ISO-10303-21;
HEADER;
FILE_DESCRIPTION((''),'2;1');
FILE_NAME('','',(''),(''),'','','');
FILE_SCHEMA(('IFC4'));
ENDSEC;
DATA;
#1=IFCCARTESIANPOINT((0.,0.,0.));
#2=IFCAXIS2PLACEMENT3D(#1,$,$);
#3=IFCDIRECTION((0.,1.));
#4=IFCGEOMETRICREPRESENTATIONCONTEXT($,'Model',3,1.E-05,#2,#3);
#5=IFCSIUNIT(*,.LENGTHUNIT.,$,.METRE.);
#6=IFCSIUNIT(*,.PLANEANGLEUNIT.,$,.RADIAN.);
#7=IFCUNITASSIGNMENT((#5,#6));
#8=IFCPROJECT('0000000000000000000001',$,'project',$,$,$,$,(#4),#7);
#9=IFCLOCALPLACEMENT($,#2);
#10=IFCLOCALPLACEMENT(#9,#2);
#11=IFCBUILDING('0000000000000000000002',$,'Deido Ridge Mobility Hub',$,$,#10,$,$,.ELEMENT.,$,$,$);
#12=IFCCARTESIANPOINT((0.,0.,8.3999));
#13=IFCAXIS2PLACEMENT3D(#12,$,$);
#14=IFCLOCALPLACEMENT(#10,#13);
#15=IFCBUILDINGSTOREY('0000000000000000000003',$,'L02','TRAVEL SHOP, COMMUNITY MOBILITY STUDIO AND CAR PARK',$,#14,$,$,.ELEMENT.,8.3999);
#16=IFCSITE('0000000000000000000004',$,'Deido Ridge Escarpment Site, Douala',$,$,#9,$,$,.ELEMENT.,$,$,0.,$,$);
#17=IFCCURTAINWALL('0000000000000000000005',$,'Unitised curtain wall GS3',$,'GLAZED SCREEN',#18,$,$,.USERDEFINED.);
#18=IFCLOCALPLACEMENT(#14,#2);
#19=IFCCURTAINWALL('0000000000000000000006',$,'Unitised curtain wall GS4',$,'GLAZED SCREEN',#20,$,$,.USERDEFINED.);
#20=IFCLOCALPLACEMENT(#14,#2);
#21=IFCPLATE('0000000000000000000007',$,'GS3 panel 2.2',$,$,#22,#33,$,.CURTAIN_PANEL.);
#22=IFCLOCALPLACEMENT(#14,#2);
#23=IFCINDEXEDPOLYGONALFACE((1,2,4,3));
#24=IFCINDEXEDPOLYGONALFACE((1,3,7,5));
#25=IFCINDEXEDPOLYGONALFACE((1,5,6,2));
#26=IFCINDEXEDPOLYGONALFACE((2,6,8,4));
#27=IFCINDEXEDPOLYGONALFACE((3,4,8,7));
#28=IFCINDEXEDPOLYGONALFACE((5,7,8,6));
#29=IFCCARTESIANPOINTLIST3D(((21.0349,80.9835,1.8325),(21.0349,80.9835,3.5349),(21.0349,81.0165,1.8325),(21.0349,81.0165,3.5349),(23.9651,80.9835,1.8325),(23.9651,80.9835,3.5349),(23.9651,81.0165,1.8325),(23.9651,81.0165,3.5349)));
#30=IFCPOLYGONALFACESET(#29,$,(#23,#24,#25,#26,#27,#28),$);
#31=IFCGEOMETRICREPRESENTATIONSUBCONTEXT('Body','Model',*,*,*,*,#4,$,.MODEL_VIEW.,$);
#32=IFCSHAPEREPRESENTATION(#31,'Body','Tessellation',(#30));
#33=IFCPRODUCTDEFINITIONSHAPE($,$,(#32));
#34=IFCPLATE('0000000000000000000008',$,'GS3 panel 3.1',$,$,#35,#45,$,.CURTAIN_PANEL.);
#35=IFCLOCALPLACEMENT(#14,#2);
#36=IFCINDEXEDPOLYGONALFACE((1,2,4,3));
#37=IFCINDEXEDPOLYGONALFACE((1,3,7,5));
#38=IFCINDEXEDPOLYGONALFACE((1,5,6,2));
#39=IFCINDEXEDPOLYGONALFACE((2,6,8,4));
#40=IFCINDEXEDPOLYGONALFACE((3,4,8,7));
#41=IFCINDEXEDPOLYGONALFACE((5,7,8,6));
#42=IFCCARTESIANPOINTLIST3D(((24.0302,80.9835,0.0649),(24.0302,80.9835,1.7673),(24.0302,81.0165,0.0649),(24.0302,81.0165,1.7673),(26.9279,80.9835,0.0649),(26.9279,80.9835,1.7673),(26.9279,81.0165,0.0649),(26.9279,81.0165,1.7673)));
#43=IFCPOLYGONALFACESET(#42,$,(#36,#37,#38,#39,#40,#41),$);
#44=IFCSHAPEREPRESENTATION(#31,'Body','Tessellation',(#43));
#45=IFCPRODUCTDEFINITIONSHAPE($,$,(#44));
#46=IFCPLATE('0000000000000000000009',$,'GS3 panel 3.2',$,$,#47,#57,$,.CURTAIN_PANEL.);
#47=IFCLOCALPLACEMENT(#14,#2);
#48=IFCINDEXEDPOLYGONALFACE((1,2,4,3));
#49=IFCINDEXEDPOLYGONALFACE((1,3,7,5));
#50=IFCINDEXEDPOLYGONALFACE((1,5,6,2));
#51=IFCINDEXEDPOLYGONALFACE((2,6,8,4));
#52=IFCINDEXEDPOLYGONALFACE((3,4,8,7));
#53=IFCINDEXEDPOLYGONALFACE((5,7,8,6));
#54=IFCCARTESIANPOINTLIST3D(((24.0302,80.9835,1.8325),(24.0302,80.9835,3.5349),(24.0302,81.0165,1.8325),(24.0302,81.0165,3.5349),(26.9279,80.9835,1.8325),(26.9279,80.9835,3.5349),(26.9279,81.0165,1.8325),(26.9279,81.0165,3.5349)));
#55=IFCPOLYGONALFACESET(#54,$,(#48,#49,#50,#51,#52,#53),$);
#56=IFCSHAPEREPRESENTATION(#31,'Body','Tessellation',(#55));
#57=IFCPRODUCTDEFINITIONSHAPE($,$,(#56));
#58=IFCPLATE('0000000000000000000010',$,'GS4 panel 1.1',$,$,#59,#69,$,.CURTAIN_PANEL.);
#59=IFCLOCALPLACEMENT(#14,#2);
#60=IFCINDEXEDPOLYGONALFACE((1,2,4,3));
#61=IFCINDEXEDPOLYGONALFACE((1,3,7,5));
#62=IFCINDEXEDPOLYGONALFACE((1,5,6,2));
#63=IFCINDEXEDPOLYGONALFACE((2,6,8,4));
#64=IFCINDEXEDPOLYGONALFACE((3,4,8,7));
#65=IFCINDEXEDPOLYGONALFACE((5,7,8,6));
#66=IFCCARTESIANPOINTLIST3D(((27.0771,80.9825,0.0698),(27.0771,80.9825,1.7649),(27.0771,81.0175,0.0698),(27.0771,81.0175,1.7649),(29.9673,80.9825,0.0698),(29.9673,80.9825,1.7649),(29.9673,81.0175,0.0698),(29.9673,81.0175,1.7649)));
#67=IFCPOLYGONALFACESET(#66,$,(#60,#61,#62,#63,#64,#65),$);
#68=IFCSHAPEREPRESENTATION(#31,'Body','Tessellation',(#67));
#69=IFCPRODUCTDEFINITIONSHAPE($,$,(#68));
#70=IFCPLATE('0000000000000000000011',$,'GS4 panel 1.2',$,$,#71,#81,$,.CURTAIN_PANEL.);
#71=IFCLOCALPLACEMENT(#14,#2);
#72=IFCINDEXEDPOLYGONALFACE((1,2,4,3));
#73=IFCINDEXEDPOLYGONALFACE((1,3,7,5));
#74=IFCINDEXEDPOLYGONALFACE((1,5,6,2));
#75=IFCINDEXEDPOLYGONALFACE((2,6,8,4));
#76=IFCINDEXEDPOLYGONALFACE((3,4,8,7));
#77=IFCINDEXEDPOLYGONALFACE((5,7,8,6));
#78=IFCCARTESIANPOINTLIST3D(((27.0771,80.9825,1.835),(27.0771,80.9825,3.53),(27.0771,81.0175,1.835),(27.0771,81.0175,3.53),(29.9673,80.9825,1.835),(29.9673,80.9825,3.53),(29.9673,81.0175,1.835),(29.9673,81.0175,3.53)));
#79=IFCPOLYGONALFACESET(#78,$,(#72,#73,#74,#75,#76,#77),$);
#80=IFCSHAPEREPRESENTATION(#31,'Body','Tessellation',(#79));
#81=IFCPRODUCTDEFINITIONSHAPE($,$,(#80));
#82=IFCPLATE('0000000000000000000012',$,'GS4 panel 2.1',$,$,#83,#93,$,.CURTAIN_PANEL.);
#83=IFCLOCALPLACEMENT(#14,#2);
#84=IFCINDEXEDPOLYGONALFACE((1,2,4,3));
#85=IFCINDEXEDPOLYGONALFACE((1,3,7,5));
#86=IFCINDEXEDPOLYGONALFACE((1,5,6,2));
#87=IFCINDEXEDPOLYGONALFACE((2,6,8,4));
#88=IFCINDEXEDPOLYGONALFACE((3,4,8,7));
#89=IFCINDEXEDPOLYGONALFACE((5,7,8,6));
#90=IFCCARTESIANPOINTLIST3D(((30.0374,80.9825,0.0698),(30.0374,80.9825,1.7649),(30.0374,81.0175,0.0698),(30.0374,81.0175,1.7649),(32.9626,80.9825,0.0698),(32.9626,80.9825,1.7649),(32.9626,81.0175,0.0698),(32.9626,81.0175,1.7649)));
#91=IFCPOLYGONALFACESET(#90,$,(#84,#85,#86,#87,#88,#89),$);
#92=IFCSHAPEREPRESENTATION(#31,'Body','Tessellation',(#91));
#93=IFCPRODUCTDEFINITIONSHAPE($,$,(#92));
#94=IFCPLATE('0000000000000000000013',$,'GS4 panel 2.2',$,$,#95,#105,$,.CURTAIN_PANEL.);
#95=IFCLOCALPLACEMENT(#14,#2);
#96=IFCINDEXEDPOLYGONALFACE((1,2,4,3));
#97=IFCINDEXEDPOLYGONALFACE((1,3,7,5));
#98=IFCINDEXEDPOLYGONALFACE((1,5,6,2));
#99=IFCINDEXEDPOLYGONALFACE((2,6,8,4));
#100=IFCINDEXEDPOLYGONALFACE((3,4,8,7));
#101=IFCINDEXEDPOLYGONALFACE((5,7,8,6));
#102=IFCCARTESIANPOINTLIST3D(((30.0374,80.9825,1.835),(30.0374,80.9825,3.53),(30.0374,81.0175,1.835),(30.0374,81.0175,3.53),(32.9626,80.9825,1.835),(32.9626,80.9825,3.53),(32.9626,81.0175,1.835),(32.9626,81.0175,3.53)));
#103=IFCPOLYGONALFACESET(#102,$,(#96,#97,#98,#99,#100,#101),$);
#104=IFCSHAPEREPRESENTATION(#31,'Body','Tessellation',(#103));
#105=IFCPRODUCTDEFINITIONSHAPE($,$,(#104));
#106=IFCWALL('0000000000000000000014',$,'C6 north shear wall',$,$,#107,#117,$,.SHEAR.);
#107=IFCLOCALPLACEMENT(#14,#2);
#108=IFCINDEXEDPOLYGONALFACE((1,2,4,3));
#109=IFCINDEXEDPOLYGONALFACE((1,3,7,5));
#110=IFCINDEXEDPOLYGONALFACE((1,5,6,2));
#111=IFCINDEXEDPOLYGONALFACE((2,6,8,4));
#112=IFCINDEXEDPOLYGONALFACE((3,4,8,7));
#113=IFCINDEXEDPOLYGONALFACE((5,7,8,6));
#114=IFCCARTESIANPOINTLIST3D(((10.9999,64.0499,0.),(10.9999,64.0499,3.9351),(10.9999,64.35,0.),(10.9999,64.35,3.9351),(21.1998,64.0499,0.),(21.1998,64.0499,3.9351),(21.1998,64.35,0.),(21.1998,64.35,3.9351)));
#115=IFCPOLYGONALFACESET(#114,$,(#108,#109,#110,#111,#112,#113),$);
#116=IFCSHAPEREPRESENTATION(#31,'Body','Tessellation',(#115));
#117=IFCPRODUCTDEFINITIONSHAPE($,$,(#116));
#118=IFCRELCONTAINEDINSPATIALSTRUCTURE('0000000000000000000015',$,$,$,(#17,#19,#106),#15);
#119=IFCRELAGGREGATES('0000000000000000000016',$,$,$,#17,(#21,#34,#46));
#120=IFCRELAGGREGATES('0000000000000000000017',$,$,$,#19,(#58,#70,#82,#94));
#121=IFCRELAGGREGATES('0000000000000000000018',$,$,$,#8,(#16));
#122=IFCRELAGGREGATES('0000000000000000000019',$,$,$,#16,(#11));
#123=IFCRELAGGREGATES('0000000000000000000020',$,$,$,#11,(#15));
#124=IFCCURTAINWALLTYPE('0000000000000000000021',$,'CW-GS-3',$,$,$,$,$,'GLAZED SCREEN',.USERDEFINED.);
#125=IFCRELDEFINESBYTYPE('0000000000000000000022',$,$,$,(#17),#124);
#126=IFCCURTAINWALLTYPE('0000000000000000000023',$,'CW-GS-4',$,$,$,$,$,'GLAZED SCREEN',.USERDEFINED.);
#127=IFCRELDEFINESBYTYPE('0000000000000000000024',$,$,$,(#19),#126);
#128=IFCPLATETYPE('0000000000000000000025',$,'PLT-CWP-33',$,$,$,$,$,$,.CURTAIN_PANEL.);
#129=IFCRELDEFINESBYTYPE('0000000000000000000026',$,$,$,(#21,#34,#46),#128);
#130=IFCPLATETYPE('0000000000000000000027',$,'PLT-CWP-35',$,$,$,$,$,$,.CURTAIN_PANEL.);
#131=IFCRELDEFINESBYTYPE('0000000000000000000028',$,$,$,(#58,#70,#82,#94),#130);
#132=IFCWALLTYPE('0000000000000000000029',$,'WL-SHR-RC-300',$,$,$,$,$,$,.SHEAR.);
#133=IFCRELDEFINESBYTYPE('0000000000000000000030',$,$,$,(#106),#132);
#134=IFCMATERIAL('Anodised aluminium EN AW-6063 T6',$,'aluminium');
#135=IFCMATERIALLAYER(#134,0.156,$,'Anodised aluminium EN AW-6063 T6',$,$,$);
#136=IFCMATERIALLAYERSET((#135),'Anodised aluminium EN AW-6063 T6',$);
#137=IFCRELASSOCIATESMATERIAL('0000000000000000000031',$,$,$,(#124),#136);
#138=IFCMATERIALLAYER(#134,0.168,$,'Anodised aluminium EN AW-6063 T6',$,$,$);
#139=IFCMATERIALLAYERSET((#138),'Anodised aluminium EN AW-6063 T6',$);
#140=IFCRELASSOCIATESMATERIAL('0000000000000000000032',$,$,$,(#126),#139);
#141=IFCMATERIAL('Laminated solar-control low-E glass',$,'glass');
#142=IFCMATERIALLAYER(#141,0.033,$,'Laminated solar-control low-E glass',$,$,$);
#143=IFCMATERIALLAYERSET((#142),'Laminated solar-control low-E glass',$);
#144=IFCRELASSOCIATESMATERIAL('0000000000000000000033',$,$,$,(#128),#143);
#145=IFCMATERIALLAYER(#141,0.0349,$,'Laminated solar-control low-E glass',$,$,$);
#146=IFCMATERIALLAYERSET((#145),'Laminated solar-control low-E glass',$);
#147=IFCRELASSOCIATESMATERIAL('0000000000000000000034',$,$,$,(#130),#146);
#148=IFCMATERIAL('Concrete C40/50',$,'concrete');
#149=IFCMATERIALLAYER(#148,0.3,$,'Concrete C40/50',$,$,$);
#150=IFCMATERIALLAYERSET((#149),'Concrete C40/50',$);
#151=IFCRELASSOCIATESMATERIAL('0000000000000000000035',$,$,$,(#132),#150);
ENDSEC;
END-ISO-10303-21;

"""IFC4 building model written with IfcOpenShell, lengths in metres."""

from ifc_helpers import new_model, si_unit, direction, frame, frame_2d, origin, origin_2d, place, context, subcontext, project, spatial, rectangle, extrude, material, layer, layer_set, type_object, element, aggregate, save


model = new_model("IFC4")

# Units and contexts
model_context = context("Model", 3, precision=1e-05, world=origin(), true_north=direction((0.0, 1.0)))
body_context = subcontext(model_context, "Body", "Model", "MODEL_VIEW")
ifc_project = project(units=[si_unit("LENGTHUNIT", "METRE"), si_unit("PLANEANGLEUNIT", "RADIAN")], contexts=[model_context])

# Site, building, storey
site_placement = place(None, origin())
site = spatial("IfcSite", under=ifc_project, at=site_placement, Name="Deido Ridge Escarpment Site, Douala", CompositionType="ELEMENT", RefElevation=0.0)
building_placement = place(site_placement, origin())
building = spatial("IfcBuilding", under=site, at=building_placement, Name="Deido Ridge Mobility Hub", CompositionType="ELEMENT")
storey_placement = place(building_placement, frame((0.0, 0.0, 8.3999)))
storey = spatial("IfcBuildingStorey", under=building, at=storey_placement, Name="L02", Description="TRAVEL SHOP, COMMUNITY MOBILITY STUDIO AND CAR PARK", CompositionType="ELEMENT", Elevation=8.3999)

# Curtain walls
ifc_material_1 = material(Name="Anodised aluminium EN AW-6063 T6", Category="aluminium")
ifc_layer_1 = layer(ifc_material_1, 0.156, Name="Anodised aluminium EN AW-6063 T6")
ifc_layer_set_1 = layer_set([ifc_layer_1], Name="Anodised aluminium EN AW-6063 T6")
curtain_wall_type_1 = type_object("IfcCurtainWallType", Name="CW-GS-3", ElementType="GLAZED SCREEN", PredefinedType="USERDEFINED", material=ifc_layer_set_1)
curtain_wall_1_placement = place(storey_placement, origin())
curtain_wall_1 = element("IfcCurtainWall", 1, at=curtain_wall_1_placement, inside=storey, type_object=curtain_wall_type_1, Name="Unitised curtain wall GS3", ObjectType="GLAZED SCREEN", PredefinedType="USERDEFINED")
ifc_layer_2 = layer(ifc_material_1, 0.168, Name="Anodised aluminium EN AW-6063 T6")
ifc_layer_set_2 = layer_set([ifc_layer_2], Name="Anodised aluminium EN AW-6063 T6")
curtain_wall_type_2 = type_object("IfcCurtainWallType", Name="CW-GS-4", ElementType="GLAZED SCREEN", PredefinedType="USERDEFINED", material=ifc_layer_set_2)
curtain_wall_2_placement = place(storey_placement, origin())
curtain_wall_2 = element("IfcCurtainWall", 2, at=curtain_wall_2_placement, inside=storey, type_object=curtain_wall_type_2, Name="Unitised curtain wall GS4", ObjectType="GLAZED SCREEN", PredefinedType="USERDEFINED")

# Plates
ifc_material_2 = material(Name="Laminated solar-control low-E glass", Category="glass")
ifc_layer_3 = layer(ifc_material_2, 0.033, Name="Laminated solar-control low-E glass")
ifc_layer_set_3 = layer_set([ifc_layer_3], Name="Laminated solar-control low-E glass")
plate_type_1 = type_object("IfcPlateType", Name="PLT-CWP-33", PredefinedType="CURTAIN_PANEL", material=ifc_layer_set_3)
plate_1_placement = place(storey_placement, frame((22.5, 81.0, 1.8325), z_axis=(0.0, 0.0, 1.0), x_axis=(1.0, 0.0, 0.0)))
plate_1 = element("IfcPlate", 3, at=plate_1_placement, type_object=plate_type_1, Name="GS3 panel 2.2", PredefinedType="CURTAIN_PANEL", context=body_context, shape_type="SweptSolid", body=[
    extrude(rectangle(XDim=2.9302, YDim=0.033, at=origin_2d()), origin(), (0.0, 0.0, 1.0), 1.7024),
])
plate_2_placement = place(storey_placement, frame((25.479, 81.0, 0.0649), z_axis=(0.0, 0.0, 1.0), x_axis=(1.0, 0.0, 0.0)))
plate_2 = element("IfcPlate", 4, at=plate_2_placement, type_object=plate_type_1, Name="GS3 panel 3.1", PredefinedType="CURTAIN_PANEL", context=body_context, shape_type="SweptSolid", body=[
    extrude(rectangle(XDim=2.8977, YDim=0.033, at=origin_2d()), origin(), (0.0, 0.0, 1.0), 1.7024),
])
plate_3_placement = place(storey_placement, frame((25.479, 81.0, 1.8325), z_axis=(0.0, 0.0, 1.0), x_axis=(1.0, 0.0, 0.0)))
plate_3 = element("IfcPlate", 5, at=plate_3_placement, type_object=plate_type_1, Name="GS3 panel 3.2", PredefinedType="CURTAIN_PANEL", context=body_context, shape_type="SweptSolid", body=[
    extrude(rectangle(XDim=2.8977, YDim=0.033, at=origin_2d()), origin(), (0.0, 0.0, 1.0), 1.7024),
])
aggregate(curtain_wall_1, [plate_1, plate_2, plate_3])
ifc_layer_4 = layer(ifc_material_2, 0.0349, Name="Laminated solar-control low-E glass")
ifc_layer_set_4 = layer_set([ifc_layer_4], Name="Laminated solar-control low-E glass")
plate_type_2 = type_object("IfcPlateType", Name="PLT-CWP-35", PredefinedType="CURTAIN_PANEL", material=ifc_layer_set_4)
plate_4_placement = place(storey_placement, frame((28.5222, 81.0, 0.0698), z_axis=(0.0, 0.0, 1.0), x_axis=(1.0, 0.0, 0.0)))
plate_4 = element("IfcPlate", 6, at=plate_4_placement, type_object=plate_type_2, Name="GS4 panel 1.1", PredefinedType="CURTAIN_PANEL", context=body_context, shape_type="SweptSolid", body=[
    extrude(rectangle(XDim=2.8901, YDim=0.0349, at=origin_2d()), origin(), (0.0, 0.0, 1.0), 1.6951),
])
plate_5_placement = place(storey_placement, frame((28.5222, 81.0, 1.835), z_axis=(0.0, 0.0, 1.0), x_axis=(1.0, 0.0, 0.0)))
plate_5 = element("IfcPlate", 7, at=plate_5_placement, type_object=plate_type_2, Name="GS4 panel 1.2", PredefinedType="CURTAIN_PANEL", context=body_context, shape_type="SweptSolid", body=[
    extrude(rectangle(XDim=2.8901, YDim=0.0349, at=origin_2d()), origin(), (0.0, 0.0, 1.0), 1.6951),
])
plate_6_placement = place(storey_placement, frame((31.5, 81.0, 0.0698), z_axis=(0.0, 0.0, 1.0), x_axis=(1.0, 0.0, 0.0)))
plate_6 = element("IfcPlate", 8, at=plate_6_placement, type_object=plate_type_2, Name="GS4 panel 2.1", PredefinedType="CURTAIN_PANEL", context=body_context, shape_type="SweptSolid", body=[
    extrude(rectangle(XDim=2.9253, YDim=0.0349, at=origin_2d()), origin(), (0.0, 0.0, 1.0), 1.6951),
])
plate_7_placement = place(storey_placement, frame((31.5, 81.0, 1.835), z_axis=(0.0, 0.0, 1.0), x_axis=(1.0, 0.0, 0.0)))
plate_7 = element("IfcPlate", 9, at=plate_7_placement, type_object=plate_type_2, Name="GS4 panel 2.2", PredefinedType="CURTAIN_PANEL", context=body_context, shape_type="SweptSolid", body=[
    extrude(rectangle(XDim=2.9253, YDim=0.0349, at=origin_2d()), origin(), (0.0, 0.0, 1.0), 1.6951),
])
aggregate(curtain_wall_2, [plate_4, plate_5, plate_6, plate_7])

# Wall
ifc_material_3 = material(Name="Concrete C40/50", Category="concrete")
ifc_layer_5 = layer(ifc_material_3, 0.3, Name="Concrete C40/50")
ifc_layer_set_5 = layer_set([ifc_layer_5], Name="Concrete C40/50")
wall_type = type_object("IfcWallType", Name="WL-SHR-RC-300", PredefinedType="SHEAR", material=ifc_layer_set_5)
wall_placement = place(storey_placement, frame((21.2, 64.2, 0.0), z_axis=(0.0, 0.0, 1.0), x_axis=(-1.0, 0.0, 0.0)))
element("IfcWall", 10, at=wall_placement, inside=storey, type_object=wall_type, Name="C6 north shear wall", PredefinedType="SHEAR", context=body_context, shape_type="SweptSolid", body=[
    extrude(rectangle(XDim=10.2, YDim=0.3, at=frame_2d((5.1001, 0.0))), origin(), (0.0, 0.0, 1.0), 3.9351),
])

save(model, "model.ifc")
